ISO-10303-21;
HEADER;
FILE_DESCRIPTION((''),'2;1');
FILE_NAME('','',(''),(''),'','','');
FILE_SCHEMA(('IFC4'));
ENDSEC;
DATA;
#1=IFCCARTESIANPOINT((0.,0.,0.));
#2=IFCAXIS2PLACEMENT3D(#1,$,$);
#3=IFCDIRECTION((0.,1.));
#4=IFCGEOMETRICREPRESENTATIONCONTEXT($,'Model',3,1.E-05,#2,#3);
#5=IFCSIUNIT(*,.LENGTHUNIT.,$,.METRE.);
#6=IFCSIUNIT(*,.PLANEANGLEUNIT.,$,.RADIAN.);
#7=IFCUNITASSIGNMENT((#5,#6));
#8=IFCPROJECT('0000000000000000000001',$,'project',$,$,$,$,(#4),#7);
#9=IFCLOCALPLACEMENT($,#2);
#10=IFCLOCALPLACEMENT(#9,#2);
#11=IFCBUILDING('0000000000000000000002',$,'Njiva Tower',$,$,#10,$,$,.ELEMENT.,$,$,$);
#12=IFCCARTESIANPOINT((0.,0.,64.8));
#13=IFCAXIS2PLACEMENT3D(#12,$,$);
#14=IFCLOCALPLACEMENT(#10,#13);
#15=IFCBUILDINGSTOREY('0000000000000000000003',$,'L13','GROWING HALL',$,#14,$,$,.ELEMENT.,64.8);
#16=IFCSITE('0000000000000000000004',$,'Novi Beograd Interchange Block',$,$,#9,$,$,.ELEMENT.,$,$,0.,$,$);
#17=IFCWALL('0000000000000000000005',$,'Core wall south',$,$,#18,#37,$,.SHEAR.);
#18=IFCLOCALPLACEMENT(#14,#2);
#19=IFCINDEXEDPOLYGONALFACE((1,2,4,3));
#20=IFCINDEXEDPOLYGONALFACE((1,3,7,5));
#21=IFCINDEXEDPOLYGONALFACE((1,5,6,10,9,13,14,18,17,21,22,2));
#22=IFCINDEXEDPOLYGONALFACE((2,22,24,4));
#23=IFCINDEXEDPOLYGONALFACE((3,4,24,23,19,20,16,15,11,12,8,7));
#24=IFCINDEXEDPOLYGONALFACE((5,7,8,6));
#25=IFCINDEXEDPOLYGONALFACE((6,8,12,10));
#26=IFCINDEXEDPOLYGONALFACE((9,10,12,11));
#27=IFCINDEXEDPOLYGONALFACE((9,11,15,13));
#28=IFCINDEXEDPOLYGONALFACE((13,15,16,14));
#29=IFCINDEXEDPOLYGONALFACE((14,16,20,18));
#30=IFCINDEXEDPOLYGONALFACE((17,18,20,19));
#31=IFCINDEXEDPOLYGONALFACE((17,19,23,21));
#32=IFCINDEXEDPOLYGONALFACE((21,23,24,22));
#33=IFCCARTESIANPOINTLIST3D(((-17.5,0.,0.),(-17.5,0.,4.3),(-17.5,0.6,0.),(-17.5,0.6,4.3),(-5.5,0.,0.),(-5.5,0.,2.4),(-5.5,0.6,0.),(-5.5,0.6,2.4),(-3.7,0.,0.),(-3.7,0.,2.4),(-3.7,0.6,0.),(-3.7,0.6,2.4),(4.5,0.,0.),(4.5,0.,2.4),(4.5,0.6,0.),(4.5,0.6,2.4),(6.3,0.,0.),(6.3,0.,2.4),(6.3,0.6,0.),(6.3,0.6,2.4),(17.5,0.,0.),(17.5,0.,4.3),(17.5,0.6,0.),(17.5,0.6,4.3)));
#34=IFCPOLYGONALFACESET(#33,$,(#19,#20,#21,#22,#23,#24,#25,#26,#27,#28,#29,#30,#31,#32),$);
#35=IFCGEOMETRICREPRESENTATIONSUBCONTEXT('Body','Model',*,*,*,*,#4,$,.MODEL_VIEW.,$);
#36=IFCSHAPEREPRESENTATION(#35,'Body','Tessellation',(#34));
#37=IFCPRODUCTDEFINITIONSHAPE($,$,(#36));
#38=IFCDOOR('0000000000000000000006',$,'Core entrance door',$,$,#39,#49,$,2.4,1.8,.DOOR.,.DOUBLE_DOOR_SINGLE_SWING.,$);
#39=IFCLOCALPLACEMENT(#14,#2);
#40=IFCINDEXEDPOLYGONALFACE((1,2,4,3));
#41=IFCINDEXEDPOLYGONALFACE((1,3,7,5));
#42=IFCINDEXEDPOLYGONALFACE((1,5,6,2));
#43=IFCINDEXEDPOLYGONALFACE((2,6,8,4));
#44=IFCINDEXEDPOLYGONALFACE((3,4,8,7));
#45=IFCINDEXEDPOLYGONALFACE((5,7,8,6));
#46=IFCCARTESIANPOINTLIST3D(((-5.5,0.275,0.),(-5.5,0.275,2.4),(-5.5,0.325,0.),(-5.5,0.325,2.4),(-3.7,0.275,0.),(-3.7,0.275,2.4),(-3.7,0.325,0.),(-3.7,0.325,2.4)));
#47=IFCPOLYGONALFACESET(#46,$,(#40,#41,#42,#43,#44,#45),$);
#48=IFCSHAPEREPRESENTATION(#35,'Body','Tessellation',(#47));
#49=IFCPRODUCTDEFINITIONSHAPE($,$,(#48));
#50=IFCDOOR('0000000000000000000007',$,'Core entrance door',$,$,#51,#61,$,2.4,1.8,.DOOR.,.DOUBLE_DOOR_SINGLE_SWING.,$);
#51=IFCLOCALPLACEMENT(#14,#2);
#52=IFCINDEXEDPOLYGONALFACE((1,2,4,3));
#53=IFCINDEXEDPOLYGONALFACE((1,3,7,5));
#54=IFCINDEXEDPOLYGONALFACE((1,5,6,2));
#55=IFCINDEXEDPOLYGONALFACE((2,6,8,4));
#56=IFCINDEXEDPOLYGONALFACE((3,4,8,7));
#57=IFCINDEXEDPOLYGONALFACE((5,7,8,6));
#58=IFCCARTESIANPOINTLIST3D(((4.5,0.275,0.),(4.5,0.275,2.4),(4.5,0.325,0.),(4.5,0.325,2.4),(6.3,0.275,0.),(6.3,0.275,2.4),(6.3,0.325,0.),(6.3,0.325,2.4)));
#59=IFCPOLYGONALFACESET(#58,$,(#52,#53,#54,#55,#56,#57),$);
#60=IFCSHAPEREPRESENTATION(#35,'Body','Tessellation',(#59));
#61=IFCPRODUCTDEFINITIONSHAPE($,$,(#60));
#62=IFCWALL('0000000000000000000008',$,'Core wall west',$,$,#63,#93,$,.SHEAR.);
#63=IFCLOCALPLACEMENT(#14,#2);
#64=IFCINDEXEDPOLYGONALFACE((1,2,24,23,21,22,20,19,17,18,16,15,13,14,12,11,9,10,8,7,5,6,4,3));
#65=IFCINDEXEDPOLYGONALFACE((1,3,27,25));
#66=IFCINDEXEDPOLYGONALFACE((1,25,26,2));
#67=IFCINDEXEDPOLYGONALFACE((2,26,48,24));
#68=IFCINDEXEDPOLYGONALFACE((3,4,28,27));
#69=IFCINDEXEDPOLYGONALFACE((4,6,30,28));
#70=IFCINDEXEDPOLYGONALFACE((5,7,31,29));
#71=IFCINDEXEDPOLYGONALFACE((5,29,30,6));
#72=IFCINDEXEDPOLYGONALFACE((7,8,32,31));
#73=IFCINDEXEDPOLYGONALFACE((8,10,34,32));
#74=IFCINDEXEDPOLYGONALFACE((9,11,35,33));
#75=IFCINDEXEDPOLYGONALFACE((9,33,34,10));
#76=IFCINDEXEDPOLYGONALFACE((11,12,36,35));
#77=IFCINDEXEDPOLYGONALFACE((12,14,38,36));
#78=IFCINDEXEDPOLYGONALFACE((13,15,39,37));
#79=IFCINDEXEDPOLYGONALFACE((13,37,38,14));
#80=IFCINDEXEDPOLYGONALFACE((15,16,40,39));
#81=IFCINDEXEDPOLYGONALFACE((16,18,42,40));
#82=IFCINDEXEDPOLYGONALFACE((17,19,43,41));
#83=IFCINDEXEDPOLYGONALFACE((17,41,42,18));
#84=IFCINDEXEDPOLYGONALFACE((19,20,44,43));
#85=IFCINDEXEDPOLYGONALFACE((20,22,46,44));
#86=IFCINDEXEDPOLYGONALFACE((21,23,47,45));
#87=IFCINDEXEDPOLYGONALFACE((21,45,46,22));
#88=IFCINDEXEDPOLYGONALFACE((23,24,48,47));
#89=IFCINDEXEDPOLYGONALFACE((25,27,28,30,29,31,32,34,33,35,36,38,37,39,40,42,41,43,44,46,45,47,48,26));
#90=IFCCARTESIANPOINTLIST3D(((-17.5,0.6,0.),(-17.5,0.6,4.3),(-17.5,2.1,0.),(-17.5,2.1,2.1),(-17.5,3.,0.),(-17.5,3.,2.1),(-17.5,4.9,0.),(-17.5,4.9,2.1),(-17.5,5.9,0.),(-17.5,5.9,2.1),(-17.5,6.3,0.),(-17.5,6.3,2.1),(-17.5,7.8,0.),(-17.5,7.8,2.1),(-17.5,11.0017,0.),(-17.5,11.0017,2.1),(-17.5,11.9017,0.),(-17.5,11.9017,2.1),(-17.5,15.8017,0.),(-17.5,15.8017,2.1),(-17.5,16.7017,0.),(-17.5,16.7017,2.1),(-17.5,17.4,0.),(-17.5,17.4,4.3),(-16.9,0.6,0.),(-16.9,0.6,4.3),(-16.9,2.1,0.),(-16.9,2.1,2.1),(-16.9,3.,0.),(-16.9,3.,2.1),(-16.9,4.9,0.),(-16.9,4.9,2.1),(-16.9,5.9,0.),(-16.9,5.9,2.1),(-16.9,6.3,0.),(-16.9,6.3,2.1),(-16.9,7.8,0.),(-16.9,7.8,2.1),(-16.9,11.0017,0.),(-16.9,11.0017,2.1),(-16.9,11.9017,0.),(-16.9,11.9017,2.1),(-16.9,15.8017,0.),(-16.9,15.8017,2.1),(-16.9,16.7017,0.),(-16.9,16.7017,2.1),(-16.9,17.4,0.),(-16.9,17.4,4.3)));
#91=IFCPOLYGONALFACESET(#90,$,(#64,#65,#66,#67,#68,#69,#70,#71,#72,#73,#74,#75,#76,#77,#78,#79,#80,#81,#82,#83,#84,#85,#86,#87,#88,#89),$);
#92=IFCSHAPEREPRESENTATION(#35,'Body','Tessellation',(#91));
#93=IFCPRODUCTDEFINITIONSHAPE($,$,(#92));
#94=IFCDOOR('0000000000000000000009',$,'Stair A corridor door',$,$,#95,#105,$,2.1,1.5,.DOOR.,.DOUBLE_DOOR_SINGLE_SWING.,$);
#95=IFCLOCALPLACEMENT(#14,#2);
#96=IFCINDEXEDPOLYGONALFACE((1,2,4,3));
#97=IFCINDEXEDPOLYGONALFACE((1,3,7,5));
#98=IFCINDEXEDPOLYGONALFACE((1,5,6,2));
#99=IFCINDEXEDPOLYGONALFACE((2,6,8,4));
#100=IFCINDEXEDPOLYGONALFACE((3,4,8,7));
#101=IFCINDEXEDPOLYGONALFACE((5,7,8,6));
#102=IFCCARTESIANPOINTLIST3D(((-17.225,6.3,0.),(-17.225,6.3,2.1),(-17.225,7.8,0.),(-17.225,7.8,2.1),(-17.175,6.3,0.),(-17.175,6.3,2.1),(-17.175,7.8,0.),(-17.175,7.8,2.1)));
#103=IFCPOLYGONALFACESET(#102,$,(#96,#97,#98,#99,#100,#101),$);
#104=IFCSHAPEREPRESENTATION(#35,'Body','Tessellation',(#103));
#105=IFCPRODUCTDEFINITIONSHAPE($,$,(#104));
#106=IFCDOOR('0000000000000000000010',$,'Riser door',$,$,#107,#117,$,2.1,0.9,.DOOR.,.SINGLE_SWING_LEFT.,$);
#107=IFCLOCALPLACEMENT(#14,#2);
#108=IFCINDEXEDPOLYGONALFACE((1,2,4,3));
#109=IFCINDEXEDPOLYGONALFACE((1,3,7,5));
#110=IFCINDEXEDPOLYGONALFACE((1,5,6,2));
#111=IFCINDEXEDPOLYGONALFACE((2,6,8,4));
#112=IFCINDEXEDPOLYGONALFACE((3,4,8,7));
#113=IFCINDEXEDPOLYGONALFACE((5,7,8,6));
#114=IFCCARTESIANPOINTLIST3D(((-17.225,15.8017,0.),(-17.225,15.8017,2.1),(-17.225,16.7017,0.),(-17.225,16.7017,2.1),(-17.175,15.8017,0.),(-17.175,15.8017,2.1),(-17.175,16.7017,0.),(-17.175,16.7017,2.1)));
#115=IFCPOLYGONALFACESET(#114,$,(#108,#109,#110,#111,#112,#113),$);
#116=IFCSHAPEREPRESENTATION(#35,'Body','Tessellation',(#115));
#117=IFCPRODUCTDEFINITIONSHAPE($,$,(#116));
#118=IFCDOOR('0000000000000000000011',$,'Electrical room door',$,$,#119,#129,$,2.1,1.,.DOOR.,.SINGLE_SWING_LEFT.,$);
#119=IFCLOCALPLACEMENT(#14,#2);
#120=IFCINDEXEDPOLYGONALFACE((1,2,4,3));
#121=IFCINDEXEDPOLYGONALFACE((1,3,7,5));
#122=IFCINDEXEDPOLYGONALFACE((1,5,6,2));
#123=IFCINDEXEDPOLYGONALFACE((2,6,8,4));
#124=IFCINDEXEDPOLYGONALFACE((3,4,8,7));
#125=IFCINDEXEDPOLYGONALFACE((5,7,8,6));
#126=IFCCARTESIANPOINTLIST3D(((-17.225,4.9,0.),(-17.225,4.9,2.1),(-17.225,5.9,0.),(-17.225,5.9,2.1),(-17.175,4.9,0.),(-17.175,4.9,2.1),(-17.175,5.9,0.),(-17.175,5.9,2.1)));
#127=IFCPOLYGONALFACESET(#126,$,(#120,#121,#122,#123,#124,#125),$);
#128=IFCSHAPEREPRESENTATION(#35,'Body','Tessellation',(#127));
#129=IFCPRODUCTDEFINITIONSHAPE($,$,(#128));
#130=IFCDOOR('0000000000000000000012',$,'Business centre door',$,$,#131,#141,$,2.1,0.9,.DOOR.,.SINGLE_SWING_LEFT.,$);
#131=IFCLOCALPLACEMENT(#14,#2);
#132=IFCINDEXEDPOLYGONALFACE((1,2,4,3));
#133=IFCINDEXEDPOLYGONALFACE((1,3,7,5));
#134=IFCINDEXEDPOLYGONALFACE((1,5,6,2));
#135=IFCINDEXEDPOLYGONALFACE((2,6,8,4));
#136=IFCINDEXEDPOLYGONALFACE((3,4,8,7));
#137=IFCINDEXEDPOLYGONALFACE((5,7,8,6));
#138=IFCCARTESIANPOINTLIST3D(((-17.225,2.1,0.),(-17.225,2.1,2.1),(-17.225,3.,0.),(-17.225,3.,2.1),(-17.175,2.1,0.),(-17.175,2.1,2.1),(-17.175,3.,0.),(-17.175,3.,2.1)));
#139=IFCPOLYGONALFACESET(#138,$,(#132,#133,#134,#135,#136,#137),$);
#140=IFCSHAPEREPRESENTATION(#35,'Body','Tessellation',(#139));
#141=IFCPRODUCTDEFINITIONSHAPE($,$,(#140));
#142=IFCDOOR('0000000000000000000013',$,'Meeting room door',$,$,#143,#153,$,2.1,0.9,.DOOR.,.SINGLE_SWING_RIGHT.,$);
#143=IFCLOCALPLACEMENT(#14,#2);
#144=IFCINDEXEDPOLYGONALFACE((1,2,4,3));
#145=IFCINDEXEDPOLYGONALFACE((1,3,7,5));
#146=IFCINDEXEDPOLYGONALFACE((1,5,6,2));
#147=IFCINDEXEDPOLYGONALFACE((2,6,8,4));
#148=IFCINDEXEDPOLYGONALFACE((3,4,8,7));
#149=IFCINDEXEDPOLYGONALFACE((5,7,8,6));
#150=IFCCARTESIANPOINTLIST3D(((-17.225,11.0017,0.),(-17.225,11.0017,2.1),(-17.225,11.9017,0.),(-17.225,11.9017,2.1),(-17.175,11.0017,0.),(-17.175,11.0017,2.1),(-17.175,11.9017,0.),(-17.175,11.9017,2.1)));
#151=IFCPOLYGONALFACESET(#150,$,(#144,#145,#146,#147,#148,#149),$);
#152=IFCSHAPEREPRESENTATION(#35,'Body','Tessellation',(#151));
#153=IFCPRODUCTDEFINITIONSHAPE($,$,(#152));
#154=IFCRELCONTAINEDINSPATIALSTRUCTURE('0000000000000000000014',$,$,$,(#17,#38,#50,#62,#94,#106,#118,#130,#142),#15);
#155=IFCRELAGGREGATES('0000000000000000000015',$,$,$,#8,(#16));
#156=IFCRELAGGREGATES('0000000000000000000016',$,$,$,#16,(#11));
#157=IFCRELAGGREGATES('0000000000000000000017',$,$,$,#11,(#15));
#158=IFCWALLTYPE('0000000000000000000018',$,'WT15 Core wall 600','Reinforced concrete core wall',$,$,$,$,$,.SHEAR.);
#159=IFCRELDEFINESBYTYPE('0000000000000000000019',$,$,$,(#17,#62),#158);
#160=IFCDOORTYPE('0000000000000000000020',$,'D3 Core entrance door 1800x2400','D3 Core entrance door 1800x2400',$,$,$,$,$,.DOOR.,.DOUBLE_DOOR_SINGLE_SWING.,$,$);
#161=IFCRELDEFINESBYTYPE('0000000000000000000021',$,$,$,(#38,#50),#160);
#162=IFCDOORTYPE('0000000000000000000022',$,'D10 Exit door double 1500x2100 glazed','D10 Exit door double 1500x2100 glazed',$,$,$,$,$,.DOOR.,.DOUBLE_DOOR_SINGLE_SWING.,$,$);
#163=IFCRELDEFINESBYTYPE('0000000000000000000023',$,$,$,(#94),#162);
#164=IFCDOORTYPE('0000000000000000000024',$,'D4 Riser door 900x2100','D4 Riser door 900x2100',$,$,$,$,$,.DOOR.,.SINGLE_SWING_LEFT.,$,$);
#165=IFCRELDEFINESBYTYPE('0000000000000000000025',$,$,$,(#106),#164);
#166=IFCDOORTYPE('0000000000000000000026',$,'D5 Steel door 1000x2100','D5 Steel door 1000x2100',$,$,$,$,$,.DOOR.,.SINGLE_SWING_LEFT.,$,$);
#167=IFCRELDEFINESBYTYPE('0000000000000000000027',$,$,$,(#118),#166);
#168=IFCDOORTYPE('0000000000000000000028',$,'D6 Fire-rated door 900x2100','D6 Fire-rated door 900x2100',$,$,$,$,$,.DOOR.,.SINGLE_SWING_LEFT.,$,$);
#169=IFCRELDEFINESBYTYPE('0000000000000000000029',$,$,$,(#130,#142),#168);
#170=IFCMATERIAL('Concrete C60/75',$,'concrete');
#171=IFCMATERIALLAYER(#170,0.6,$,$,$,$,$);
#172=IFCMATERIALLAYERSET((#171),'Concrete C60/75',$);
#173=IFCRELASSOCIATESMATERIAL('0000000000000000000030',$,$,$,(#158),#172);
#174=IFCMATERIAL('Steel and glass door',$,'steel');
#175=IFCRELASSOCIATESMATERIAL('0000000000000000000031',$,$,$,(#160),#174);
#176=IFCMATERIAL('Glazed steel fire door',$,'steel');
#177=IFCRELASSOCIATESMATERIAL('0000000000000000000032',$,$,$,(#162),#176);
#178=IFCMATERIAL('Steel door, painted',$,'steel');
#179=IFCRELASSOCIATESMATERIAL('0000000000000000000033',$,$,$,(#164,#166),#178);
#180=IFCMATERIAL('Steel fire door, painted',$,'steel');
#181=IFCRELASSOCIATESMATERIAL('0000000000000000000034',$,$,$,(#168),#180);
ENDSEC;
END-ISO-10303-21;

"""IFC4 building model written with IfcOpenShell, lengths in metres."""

from ifc_helpers import new_model, si_unit, direction, frame, frame_2d, origin, place, context, subcontext, project, spatial, rectangle, extrude, material, layer, layer_set, type_object, element, fill, save


model = new_model("IFC4")

# Units and contexts
model_context = context("Model", 3, precision=1e-05, world=origin(), true_north=direction((0.0, 1.0)))
body_context = subcontext(model_context, "Body", "Model", "MODEL_VIEW")
ifc_project = project(units=[si_unit("LENGTHUNIT", "METRE"), si_unit("PLANEANGLEUNIT", "RADIAN")], contexts=[model_context])

# Site, building, storey
site_placement = place(None, origin())
site = spatial("IfcSite", under=ifc_project, at=site_placement, Name="Novi Beograd Interchange Block", CompositionType="ELEMENT", RefElevation=0.0)
building_placement = place(site_placement, origin())
building = spatial("IfcBuilding", under=site, at=building_placement, Name="Njiva Tower", CompositionType="ELEMENT")
storey_placement = place(building_placement, frame((0.0, 0.0, 64.8)))
storey = spatial("IfcBuildingStorey", under=building, at=storey_placement, Name="L13", Description="GROWING HALL", CompositionType="ELEMENT", Elevation=64.8)

# Walls, openings, doors
ifc_material_1 = material(Name="Concrete C60/75", Category="concrete")
ifc_layer_1 = layer(ifc_material_1, 0.6)
ifc_layer_set_1 = layer_set([ifc_layer_1], Name="Concrete C60/75")
wall_type_1 = type_object("IfcWallType", Name="WT15 Core wall 600", Description="Reinforced concrete core wall", PredefinedType="SHEAR", material=ifc_layer_set_1)
wall_1_placement = place(storey_placement, frame((-17.5, 0.3, 0.0), z_axis=(0.0, 0.0, 1.0), x_axis=(1.0, 0.0, 0.0)))
wall_1 = element("IfcWall", 1, at=wall_1_placement, inside=storey, type_object=wall_type_1, Name="Core wall south", PredefinedType="SHEAR", context=body_context, shape_type="SweptSolid", body=[
    extrude(rectangle(XDim=35.0, YDim=0.6, at=frame_2d((17.5, 0.0))), origin(), (0.0, 0.0, 1.0), 4.3),
])
opening_1_placement = place(wall_1_placement, frame((12.0, 0.0, 0.0)))
opening_1 = element("IfcOpeningElement", 2, at=opening_1_placement, cuts=wall_1, PredefinedType="OPENING", context=body_context, shape_type="SweptSolid", body=[
    extrude(rectangle(XDim=1.8, YDim=2.4, at=frame_2d((0.9, 1.2))), frame((0.0, 0.31, 0.0), z_axis=(0.0, -1.0, 0.0), x_axis=(1.0, 0.0, 0.0)), (0.0, 0.0, 1.0), 0.62),
])
opening_2_placement = place(wall_1_placement, frame((22.0, 0.0, 0.0)))
opening_2 = element("IfcOpeningElement", 3, at=opening_2_placement, cuts=wall_1, PredefinedType="OPENING", context=body_context, shape_type="SweptSolid", body=[
    extrude(rectangle(XDim=1.8, YDim=2.4, at=frame_2d((0.9, 1.2))), frame((0.0, 0.31, 0.0), z_axis=(0.0, -1.0, 0.0), x_axis=(1.0, 0.0, 0.0)), (0.0, 0.0, 1.0), 0.62),
])
ifc_material_2 = material(Name="Steel and glass door", Category="steel")
door_type_1 = type_object("IfcDoorType", Name="D3 Core entrance door 1800x2400", Description="D3 Core entrance door 1800x2400", OperationType="DOUBLE_DOOR_SINGLE_SWING", PredefinedType="DOOR", material=ifc_material_2)
door_1_placement = place(opening_1_placement, origin())
door_1 = element("IfcDoor", 4, at=door_1_placement, inside=storey, type_object=door_type_1, Name="Core entrance door", OperationType="DOUBLE_DOOR_SINGLE_SWING", OverallHeight=2.4, OverallWidth=1.8, PredefinedType="DOOR", context=body_context, shape_type="SweptSolid", body=[
    extrude(rectangle(XDim=1.8, YDim=2.4, at=frame_2d((0.9, 1.2))), frame((0.0, 0.025, 0.0), z_axis=(0.0, -1.0, 0.0), x_axis=(1.0, 0.0, 0.0)), (0.0, 0.0, 1.0), 0.05),
])
fill(opening_1, door_1)
door_2_placement = place(opening_2_placement, origin())
door_2 = element("IfcDoor", 5, at=door_2_placement, inside=storey, type_object=door_type_1, Name="Core entrance door", OperationType="DOUBLE_DOOR_SINGLE_SWING", OverallHeight=2.4, OverallWidth=1.8, PredefinedType="DOOR", context=body_context, shape_type="SweptSolid", body=[
    extrude(rectangle(XDim=1.8, YDim=2.4, at=frame_2d((0.9, 1.2))), frame((0.0, 0.025, 0.0), z_axis=(0.0, -1.0, 0.0), x_axis=(1.0, 0.0, 0.0)), (0.0, 0.0, 1.0), 0.05),
])
fill(opening_2, door_2)
wall_2_placement = place(storey_placement, frame((-17.2, 0.6, 0.0), z_axis=(0.0, 0.0, 1.0), x_axis=(0.0, 1.0, 0.0)))
wall_2 = element("IfcWall", 6, at=wall_2_placement, inside=storey, type_object=wall_type_1, Name="Core wall west", PredefinedType="SHEAR", context=body_context, shape_type="SweptSolid", body=[
    extrude(rectangle(XDim=16.8, YDim=0.6, at=frame_2d((8.4, 0.0))), origin(), (0.0, 0.0, 1.0), 4.3),
])
opening_3_placement = place(wall_2_placement, frame((5.7, 0.0, 0.0)))
opening_3 = element("IfcOpeningElement", 7, at=opening_3_placement, cuts=wall_2, PredefinedType="OPENING", context=body_context, shape_type="SweptSolid", body=[
    extrude(rectangle(XDim=1.5, YDim=2.1, at=frame_2d((0.75, 1.05))), frame((0.0, 0.31, 0.0), z_axis=(0.0, -1.0, 0.0), x_axis=(1.0, 0.0, 0.0)), (0.0, 0.0, 1.0), 0.62),
])
opening_4_placement = place(wall_2_placement, frame((1.5, 0.0, 0.0)))
opening_4 = element("IfcOpeningElement", 8, at=opening_4_placement, cuts=wall_2, PredefinedType="OPENING", context=body_context, shape_type="SweptSolid", body=[
    extrude(rectangle(XDim=0.9, YDim=2.1, at=frame_2d((0.45, 1.05))), frame((0.0, 0.31, 0.0), z_axis=(0.0, -1.0, 0.0), x_axis=(1.0, 0.0, 0.0)), (0.0, 0.0, 1.0), 0.62),
])
opening_5_placement = place(wall_2_placement, frame((4.3, 0.0, 0.0)))
opening_5 = element("IfcOpeningElement", 9, at=opening_5_placement, cuts=wall_2, PredefinedType="OPENING", context=body_context, shape_type="SweptSolid", body=[
    extrude(rectangle(XDim=1.0, YDim=2.1, at=frame_2d((0.5, 1.05))), frame((0.0, 0.31, 0.0), z_axis=(0.0, -1.0, 0.0), x_axis=(1.0, 0.0, 0.0)), (0.0, 0.0, 1.0), 0.62),
])
opening_6_placement = place(wall_2_placement, frame((10.4017, 0.0, 0.0)))
opening_6 = element("IfcOpeningElement", 10, at=opening_6_placement, cuts=wall_2, PredefinedType="OPENING", context=body_context, shape_type="SweptSolid", body=[
    extrude(rectangle(XDim=0.9, YDim=2.1, at=frame_2d((0.45, 1.05))), frame((0.0, 0.31, 0.0), z_axis=(0.0, -1.0, 0.0), x_axis=(1.0, 0.0, 0.0)), (0.0, 0.0, 1.0), 0.62),
])
opening_7_placement = place(wall_2_placement, frame((15.2017, 0.0, 0.0)))
opening_7 = element("IfcOpeningElement", 11, at=opening_7_placement, cuts=wall_2, PredefinedType="OPENING", context=body_context, shape_type="SweptSolid", body=[
    extrude(rectangle(XDim=0.9, YDim=2.1, at=frame_2d((0.45, 1.05))), frame((0.0, 0.31, 0.0), z_axis=(0.0, -1.0, 0.0), x_axis=(1.0, 0.0, 0.0)), (0.0, 0.0, 1.0), 0.62),
])
ifc_material_3 = material(Name="Glazed steel fire door", Category="steel")
door_type_2 = type_object("IfcDoorType", Name="D10 Exit door double 1500x2100 glazed", Description="D10 Exit door double 1500x2100 glazed", OperationType="DOUBLE_DOOR_SINGLE_SWING", PredefinedType="DOOR", material=ifc_material_3)
door_3_placement = place(opening_3_placement, origin())
door_3 = element("IfcDoor", 12, at=door_3_placement, inside=storey, type_object=door_type_2, Name="Stair A corridor door", OperationType="DOUBLE_DOOR_SINGLE_SWING", OverallHeight=2.1, OverallWidth=1.5, PredefinedType="DOOR", context=body_context, shape_type="SweptSolid", body=[
    extrude(rectangle(XDim=1.5, YDim=2.1, at=frame_2d((0.75, 1.05))), frame((0.0, 0.025, 0.0), z_axis=(0.0, -1.0, 0.0), x_axis=(1.0, 0.0, 0.0)), (0.0, 0.0, 1.0), 0.05),
])
fill(opening_3, door_3)
ifc_material_4 = material(Name="Steel door, painted", Category="steel")
door_type_3 = type_object("IfcDoorType", Name="D4 Riser door 900x2100", Description="D4 Riser door 900x2100", OperationType="SINGLE_SWING_LEFT", PredefinedType="DOOR", material=ifc_material_4)
door_4_placement = place(opening_7_placement, origin())
door_4 = element("IfcDoor", 13, at=door_4_placement, inside=storey, type_object=door_type_3, Name="Riser door", OperationType="SINGLE_SWING_LEFT", OverallHeight=2.1, OverallWidth=0.9, PredefinedType="DOOR", context=body_context, shape_type="SweptSolid", body=[
    extrude(rectangle(XDim=0.9, YDim=2.1, at=frame_2d((0.45, 1.05))), frame((0.0, 0.025, 0.0), z_axis=(0.0, -1.0, 0.0), x_axis=(1.0, 0.0, 0.0)), (0.0, 0.0, 1.0), 0.05),
])
fill(opening_7, door_4)
door_type_4 = type_object("IfcDoorType", Name="D5 Steel door 1000x2100", Description="D5 Steel door 1000x2100", OperationType="SINGLE_SWING_LEFT", PredefinedType="DOOR", material=ifc_material_4)
door_5_placement = place(opening_5_placement, origin())
door_5 = element("IfcDoor", 14, at=door_5_placement, inside=storey, type_object=door_type_4, Name="Electrical room door", OperationType="SINGLE_SWING_LEFT", OverallHeight=2.1, OverallWidth=1.0, PredefinedType="DOOR", context=body_context, shape_type="SweptSolid", body=[
    extrude(rectangle(XDim=1.0, YDim=2.1, at=frame_2d((0.5, 1.05))), frame((0.0, 0.025, 0.0), z_axis=(0.0, -1.0, 0.0), x_axis=(1.0, 0.0, 0.0)), (0.0, 0.0, 1.0), 0.05),
])
fill(opening_5, door_5)
ifc_material_5 = material(Name="Steel fire door, painted", Category="steel")
door_type_5 = type_object("IfcDoorType", Name="D6 Fire-rated door 900x2100", Description="D6 Fire-rated door 900x2100", OperationType="SINGLE_SWING_LEFT", PredefinedType="DOOR", material=ifc_material_5)
door_6_placement = place(opening_4_placement, origin())
door_6 = element("IfcDoor", 15, at=door_6_placement, inside=storey, type_object=door_type_5, Name="Business centre door", OperationType="SINGLE_SWING_LEFT", OverallHeight=2.1, OverallWidth=0.9, PredefinedType="DOOR", context=body_context, shape_type="SweptSolid", body=[
    extrude(rectangle(XDim=0.9, YDim=2.1, at=frame_2d((0.45, 1.05))), frame((0.0, 0.025, 0.0), z_axis=(0.0, -1.0, 0.0), x_axis=(1.0, 0.0, 0.0)), (0.0, 0.0, 1.0), 0.05),
])
fill(opening_4, door_6)
door_7_placement = place(opening_6_placement, origin())
door_7 = element("IfcDoor", 16, at=door_7_placement, inside=storey, type_object=door_type_5, Name="Meeting room door", OperationType="SINGLE_SWING_RIGHT", OverallHeight=2.1, OverallWidth=0.9, PredefinedType="DOOR", context=body_context, shape_type="SweptSolid", body=[
    extrude(rectangle(XDim=0.9, YDim=2.1, at=frame_2d((0.45, 1.05))), frame((0.0, 0.025, 0.0), z_axis=(0.0, -1.0, 0.0), x_axis=(1.0, 0.0, 0.0)), (0.0, 0.0, 1.0), 0.05),
])
fill(opening_6, door_7)

save(model, "model.ifc")
